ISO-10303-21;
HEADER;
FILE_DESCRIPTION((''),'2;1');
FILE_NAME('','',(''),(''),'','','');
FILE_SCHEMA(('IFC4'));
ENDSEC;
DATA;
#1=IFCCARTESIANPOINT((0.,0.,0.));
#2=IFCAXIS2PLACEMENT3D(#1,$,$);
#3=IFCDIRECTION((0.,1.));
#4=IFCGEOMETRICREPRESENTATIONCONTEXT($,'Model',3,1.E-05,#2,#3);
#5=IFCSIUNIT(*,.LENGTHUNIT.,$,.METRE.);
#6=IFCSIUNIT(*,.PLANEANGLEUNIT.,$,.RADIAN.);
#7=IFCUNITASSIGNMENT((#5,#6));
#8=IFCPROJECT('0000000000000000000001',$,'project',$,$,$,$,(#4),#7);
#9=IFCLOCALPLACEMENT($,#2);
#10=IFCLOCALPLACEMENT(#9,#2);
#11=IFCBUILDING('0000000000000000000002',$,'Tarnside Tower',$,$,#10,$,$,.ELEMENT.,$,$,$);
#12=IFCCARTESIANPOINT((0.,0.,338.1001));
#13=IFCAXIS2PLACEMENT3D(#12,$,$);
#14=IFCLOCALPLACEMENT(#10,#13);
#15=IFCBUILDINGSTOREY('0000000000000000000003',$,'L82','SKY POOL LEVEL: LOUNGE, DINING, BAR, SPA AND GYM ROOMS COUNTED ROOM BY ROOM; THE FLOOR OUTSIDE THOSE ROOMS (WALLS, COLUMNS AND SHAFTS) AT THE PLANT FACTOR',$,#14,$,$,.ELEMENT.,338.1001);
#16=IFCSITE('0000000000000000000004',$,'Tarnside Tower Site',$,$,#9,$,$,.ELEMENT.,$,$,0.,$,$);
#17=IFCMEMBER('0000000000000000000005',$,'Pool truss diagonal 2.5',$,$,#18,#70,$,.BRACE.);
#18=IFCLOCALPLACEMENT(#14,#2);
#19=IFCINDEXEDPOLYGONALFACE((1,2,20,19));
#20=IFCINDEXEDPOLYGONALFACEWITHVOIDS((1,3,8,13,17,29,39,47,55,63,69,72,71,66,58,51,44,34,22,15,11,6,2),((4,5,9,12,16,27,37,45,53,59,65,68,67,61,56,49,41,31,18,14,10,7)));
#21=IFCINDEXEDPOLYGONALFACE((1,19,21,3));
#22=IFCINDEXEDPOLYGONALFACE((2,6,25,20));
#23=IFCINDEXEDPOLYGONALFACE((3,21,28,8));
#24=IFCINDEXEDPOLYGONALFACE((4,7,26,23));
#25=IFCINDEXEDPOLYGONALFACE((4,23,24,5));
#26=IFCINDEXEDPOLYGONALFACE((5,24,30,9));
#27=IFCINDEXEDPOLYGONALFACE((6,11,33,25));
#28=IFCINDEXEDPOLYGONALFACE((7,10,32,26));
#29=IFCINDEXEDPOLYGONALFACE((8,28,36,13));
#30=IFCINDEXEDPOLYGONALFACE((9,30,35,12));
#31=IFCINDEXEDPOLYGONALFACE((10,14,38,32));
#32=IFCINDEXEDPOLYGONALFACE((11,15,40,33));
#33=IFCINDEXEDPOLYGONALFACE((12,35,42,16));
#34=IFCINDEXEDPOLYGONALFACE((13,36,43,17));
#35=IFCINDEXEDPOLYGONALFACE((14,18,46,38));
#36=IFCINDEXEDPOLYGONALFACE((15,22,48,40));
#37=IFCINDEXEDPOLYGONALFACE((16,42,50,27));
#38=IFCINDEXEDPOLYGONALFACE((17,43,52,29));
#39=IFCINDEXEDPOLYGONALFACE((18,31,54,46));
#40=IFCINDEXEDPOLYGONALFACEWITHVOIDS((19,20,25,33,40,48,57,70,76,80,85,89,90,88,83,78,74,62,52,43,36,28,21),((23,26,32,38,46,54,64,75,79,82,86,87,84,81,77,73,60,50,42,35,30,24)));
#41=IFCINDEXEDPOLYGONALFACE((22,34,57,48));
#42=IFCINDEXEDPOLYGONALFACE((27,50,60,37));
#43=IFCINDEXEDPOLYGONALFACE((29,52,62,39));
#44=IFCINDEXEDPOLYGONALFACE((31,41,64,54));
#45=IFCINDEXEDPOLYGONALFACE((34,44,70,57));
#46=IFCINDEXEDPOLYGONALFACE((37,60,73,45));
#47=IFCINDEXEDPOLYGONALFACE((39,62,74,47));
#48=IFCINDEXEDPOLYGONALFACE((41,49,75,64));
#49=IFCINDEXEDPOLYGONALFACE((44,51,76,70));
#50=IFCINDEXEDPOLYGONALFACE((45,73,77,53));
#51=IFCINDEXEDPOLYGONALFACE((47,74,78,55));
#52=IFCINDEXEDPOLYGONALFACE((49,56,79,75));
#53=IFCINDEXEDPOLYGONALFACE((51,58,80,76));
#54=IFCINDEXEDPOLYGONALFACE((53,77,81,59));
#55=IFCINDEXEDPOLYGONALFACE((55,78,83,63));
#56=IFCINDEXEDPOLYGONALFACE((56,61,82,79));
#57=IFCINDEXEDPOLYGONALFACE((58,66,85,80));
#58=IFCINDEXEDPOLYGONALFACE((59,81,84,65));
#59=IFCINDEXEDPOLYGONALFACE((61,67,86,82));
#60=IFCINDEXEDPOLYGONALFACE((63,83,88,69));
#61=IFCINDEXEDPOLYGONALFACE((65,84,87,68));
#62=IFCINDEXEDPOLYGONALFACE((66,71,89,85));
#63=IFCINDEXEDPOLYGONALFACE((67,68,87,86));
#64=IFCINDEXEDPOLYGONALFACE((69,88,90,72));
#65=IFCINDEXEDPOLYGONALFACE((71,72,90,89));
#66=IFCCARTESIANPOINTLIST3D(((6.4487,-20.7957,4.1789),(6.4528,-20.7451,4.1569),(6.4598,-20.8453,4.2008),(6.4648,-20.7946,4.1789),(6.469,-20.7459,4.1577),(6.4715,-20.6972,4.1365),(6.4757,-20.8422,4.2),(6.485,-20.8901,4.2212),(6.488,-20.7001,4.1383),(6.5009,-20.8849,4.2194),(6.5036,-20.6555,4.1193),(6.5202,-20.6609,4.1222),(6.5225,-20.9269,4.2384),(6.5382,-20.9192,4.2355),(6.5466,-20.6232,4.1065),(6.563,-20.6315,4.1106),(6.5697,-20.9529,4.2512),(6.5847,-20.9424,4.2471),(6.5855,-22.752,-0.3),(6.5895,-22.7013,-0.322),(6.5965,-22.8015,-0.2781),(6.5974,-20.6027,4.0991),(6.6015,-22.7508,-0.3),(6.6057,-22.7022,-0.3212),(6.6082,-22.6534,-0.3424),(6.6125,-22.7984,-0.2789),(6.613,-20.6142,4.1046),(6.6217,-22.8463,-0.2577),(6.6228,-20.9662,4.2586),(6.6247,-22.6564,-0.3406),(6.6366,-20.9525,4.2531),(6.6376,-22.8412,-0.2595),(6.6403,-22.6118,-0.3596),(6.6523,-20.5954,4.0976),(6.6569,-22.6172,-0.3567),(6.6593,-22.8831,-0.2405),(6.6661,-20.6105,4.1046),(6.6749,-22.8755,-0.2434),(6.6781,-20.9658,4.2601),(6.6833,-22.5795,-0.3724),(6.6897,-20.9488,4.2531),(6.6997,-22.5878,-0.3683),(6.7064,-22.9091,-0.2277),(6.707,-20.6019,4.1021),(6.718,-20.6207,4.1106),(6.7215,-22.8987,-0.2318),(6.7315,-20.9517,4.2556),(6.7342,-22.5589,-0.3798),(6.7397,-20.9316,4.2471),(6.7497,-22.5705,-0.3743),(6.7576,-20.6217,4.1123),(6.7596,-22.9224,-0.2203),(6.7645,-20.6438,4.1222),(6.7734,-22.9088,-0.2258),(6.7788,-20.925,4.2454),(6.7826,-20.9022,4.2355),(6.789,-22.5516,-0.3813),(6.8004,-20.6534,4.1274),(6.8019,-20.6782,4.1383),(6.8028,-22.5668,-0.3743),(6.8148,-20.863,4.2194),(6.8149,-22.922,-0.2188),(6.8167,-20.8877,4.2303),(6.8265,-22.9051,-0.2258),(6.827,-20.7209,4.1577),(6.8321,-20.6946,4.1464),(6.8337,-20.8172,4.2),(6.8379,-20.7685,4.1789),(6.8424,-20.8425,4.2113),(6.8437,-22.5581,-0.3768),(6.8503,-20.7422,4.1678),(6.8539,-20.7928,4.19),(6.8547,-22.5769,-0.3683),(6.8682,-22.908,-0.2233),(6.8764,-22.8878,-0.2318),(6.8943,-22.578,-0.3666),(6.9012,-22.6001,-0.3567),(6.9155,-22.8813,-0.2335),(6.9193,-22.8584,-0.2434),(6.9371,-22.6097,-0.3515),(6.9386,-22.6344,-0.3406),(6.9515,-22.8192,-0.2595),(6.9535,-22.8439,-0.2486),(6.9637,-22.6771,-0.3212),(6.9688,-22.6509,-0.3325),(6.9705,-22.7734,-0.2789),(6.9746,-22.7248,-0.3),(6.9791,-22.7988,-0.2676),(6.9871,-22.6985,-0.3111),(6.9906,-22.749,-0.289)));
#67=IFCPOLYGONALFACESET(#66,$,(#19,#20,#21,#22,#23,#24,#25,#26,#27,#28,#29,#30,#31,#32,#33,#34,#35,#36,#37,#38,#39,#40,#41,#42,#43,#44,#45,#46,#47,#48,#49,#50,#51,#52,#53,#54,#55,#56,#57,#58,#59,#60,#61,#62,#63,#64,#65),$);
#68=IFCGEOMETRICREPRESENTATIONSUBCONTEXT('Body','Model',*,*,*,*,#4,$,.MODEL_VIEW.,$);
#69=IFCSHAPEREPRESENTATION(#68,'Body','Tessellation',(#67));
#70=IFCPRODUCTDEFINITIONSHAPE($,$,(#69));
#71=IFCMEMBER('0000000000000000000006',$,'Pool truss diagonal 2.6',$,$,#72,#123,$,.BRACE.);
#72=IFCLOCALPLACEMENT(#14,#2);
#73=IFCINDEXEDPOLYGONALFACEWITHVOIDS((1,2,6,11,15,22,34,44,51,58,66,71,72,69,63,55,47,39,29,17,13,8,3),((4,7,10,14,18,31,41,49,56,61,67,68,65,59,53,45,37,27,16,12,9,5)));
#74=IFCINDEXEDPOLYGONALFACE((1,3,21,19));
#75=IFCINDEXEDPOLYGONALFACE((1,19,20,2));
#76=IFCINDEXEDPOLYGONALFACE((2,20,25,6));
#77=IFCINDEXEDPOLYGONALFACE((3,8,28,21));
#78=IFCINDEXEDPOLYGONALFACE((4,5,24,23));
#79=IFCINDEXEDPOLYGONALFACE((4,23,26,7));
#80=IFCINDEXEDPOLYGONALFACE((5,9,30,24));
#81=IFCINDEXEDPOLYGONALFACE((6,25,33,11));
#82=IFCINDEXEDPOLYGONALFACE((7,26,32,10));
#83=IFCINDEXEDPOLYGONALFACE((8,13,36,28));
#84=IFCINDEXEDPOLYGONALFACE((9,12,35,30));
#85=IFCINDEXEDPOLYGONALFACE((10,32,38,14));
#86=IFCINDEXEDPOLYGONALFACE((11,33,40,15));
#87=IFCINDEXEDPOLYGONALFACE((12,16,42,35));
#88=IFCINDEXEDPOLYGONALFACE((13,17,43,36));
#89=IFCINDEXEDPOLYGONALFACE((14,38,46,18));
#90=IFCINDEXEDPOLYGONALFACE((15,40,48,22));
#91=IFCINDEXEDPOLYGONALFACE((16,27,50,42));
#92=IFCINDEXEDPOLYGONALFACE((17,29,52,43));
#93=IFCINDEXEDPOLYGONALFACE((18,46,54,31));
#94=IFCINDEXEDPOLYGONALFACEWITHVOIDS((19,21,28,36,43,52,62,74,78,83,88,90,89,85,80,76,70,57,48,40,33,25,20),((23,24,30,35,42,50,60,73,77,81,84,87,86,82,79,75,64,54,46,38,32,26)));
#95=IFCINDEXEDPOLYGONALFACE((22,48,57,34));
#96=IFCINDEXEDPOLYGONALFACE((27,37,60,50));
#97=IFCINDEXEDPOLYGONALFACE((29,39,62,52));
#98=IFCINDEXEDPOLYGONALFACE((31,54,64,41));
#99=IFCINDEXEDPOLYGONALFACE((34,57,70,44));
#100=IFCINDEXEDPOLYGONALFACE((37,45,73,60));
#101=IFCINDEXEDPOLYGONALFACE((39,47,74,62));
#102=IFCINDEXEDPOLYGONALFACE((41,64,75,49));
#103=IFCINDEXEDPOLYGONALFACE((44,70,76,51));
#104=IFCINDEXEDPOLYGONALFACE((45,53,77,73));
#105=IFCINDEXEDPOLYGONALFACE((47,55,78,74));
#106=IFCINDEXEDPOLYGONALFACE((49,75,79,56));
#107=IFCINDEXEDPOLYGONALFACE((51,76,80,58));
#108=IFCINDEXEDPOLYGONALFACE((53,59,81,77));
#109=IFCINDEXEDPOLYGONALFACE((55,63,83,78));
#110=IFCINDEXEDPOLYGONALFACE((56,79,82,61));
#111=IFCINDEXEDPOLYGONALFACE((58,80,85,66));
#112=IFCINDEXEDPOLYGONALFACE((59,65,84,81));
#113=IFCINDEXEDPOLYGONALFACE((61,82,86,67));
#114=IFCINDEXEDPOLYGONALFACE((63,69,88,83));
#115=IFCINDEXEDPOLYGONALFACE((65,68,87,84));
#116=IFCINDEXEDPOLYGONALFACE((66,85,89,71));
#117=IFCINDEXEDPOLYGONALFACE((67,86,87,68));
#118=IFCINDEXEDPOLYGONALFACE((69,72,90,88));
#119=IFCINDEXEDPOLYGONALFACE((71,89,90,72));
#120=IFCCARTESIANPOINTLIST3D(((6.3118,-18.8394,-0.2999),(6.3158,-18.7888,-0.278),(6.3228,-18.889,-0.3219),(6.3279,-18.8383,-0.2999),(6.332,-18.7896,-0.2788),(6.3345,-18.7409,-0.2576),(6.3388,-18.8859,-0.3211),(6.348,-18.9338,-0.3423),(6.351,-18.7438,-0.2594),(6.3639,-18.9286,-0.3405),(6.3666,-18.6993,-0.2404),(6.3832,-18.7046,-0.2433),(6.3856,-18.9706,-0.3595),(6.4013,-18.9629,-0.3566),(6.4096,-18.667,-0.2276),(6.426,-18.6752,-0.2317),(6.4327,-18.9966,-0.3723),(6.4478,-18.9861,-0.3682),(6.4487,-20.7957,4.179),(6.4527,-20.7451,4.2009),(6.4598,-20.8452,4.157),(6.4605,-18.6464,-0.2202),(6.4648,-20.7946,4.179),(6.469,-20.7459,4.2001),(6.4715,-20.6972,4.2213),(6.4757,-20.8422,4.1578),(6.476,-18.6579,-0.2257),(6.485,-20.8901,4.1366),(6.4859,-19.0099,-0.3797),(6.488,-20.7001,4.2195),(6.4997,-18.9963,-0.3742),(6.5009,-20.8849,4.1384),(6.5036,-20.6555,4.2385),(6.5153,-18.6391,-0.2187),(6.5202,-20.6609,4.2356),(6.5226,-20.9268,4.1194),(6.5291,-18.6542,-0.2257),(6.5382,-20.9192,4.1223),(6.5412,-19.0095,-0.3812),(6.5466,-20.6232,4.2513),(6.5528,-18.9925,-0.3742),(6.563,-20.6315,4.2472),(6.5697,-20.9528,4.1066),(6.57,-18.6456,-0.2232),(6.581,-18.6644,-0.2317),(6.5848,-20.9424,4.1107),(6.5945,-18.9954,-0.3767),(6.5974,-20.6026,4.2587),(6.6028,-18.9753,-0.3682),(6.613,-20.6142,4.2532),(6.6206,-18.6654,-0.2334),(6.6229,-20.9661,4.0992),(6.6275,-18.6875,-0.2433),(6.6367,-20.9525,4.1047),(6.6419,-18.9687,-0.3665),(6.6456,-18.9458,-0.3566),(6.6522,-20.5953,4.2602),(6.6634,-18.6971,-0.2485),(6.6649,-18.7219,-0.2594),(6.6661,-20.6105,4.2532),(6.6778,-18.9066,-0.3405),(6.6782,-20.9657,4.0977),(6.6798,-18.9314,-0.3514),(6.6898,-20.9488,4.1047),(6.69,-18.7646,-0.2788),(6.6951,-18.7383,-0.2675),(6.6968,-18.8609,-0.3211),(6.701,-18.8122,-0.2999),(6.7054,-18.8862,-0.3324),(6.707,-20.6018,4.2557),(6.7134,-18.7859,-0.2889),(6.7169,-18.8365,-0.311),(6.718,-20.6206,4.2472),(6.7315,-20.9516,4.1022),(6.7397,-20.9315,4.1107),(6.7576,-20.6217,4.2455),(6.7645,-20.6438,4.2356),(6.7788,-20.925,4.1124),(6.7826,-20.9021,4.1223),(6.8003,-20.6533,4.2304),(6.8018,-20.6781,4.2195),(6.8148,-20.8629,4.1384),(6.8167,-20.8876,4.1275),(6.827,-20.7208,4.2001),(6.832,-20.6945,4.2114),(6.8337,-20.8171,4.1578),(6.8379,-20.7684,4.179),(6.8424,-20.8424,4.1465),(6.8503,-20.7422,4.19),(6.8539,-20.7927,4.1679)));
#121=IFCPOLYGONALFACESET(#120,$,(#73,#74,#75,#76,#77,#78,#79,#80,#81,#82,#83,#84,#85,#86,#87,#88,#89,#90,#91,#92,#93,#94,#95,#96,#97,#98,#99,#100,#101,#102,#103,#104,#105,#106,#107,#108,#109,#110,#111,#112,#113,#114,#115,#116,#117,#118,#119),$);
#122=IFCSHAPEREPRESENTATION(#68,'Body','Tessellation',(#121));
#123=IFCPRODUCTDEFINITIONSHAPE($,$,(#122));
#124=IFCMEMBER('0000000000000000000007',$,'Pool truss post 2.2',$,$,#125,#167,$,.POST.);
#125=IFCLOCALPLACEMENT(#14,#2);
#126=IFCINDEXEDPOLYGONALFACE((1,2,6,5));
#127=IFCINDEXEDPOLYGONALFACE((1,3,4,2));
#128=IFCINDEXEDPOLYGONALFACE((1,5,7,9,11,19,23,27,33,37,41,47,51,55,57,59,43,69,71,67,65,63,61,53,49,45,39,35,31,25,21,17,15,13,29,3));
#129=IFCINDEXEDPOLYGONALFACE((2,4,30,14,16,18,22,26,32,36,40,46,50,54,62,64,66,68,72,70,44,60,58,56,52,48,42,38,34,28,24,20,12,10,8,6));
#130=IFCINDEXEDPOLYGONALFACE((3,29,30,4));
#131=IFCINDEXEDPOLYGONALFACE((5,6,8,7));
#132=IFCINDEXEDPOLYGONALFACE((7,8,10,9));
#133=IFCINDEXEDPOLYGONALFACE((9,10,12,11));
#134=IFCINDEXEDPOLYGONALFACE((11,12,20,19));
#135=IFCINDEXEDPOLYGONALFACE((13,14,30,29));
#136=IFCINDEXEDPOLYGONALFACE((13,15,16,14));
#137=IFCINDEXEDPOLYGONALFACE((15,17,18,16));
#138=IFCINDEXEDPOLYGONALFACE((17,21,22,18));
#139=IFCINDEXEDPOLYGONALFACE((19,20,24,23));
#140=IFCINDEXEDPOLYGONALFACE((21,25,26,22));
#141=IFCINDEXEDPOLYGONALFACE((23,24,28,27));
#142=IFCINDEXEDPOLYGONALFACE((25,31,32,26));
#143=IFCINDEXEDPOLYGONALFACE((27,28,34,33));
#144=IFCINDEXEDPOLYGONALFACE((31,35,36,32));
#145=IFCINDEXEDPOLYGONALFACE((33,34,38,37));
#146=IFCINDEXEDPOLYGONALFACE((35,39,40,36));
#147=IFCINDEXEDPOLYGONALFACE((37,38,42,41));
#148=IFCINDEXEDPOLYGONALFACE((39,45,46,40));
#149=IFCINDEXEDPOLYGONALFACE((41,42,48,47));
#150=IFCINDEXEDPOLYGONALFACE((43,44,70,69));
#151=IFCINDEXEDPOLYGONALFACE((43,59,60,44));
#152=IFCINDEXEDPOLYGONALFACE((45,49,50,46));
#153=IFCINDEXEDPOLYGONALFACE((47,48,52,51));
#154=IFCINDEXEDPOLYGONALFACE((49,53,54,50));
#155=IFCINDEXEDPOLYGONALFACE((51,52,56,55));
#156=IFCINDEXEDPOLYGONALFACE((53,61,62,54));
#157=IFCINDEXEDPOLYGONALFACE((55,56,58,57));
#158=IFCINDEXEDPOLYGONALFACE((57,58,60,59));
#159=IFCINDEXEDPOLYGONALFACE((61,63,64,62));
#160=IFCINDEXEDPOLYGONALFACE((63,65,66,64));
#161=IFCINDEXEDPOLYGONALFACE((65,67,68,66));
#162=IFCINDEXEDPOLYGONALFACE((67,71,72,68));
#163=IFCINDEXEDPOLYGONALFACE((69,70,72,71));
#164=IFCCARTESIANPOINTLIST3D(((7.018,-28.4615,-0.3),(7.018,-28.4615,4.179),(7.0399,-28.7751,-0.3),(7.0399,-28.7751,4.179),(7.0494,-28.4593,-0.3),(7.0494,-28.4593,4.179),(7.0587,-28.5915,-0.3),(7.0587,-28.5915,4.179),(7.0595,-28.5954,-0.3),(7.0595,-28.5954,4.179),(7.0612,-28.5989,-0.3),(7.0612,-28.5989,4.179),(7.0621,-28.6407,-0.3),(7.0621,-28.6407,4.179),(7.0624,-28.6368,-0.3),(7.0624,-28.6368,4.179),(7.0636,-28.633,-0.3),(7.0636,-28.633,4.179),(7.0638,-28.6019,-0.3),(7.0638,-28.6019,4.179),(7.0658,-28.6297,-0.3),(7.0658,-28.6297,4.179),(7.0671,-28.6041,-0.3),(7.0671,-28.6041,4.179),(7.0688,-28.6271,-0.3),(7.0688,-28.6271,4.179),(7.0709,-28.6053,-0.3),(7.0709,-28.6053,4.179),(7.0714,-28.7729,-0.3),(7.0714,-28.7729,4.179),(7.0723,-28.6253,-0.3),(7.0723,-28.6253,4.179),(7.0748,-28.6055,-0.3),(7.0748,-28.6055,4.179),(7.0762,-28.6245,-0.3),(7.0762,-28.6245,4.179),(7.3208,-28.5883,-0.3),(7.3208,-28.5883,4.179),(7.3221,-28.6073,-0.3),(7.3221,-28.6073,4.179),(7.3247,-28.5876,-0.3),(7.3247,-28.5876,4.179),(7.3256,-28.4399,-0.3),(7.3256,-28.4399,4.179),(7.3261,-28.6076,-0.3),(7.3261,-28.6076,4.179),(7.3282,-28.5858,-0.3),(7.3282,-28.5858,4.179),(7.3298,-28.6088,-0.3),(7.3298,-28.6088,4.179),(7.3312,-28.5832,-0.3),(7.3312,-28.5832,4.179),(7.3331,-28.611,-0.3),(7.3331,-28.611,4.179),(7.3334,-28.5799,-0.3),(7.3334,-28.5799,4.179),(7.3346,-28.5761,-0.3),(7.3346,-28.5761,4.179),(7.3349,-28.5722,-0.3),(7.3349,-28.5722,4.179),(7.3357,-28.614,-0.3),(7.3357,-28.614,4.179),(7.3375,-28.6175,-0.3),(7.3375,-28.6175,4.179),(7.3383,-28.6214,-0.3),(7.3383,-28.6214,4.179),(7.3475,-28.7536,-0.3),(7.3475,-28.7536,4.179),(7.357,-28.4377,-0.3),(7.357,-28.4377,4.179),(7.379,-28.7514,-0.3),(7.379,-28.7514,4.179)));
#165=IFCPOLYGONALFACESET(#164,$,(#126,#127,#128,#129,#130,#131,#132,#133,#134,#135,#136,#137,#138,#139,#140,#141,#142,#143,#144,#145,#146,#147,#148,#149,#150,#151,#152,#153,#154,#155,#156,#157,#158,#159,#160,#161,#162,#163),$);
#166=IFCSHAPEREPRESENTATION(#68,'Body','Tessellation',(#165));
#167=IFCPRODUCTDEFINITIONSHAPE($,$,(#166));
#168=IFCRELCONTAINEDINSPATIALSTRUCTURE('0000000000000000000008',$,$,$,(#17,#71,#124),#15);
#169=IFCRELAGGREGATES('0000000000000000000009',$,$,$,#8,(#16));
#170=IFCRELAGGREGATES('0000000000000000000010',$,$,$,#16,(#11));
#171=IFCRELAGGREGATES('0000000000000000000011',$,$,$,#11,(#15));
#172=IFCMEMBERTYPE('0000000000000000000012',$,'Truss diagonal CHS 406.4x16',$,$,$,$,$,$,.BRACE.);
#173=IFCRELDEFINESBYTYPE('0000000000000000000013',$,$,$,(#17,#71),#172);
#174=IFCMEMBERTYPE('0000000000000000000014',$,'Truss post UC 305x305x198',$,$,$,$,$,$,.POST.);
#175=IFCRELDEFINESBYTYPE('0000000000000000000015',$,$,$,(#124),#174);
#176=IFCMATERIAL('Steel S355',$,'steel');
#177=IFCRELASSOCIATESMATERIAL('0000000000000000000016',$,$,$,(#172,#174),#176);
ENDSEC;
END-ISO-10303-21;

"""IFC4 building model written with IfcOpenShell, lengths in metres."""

from ifc_helpers import new_model, si_unit, direction, frame, origin, origin_2d, place, context, subcontext, project, spatial, hollow_circle, i_section, extrude, material, material_profile, profile_set, type_object, element, save


model = new_model("IFC4")

# Units and contexts
model_context = context("Model", 3, precision=1e-05, world=origin(), true_north=direction((0.0, 1.0)))
body_context = subcontext(model_context, "Body", "Model", "MODEL_VIEW")
ifc_project = project(units=[si_unit("LENGTHUNIT", "METRE"), si_unit("PLANEANGLEUNIT", "RADIAN")], contexts=[model_context])

# Site, building, storey
site_placement = place(None, origin())
site = spatial("IfcSite", under=ifc_project, at=site_placement, Name="Tarnside Tower Site", CompositionType="ELEMENT", RefElevation=0.0)
building_placement = place(site_placement, origin())
building = spatial("IfcBuilding", under=site, at=building_placement, Name="Tarnside Tower", CompositionType="ELEMENT")
storey_placement = place(building_placement, frame((0.0, 0.0, 338.1001)))
storey = spatial("IfcBuildingStorey", under=building, at=storey_placement, Name="L82", Description="SKY POOL LEVEL: LOUNGE, DINING, BAR, SPA AND GYM ROOMS COUNTED ROOM BY ROOM; THE FLOOR OUTSIDE THOSE ROOMS (WALLS, COLUMNS AND SHAFTS) AT THE PLANT FACTOR", CompositionType="ELEMENT", Elevation=338.1001)

# Shared definitions
ifc_material_1 = material(Name="Steel S355", Category="steel")

# Members
ifc_material_profile_1 = material_profile(ifc_material_1, hollow_circle(Radius=0.2031, WallThickness=0.0161, at=origin_2d()), Name="CHS 406.4x16")
ifc_profile_set_1 = profile_set([ifc_material_profile_1], Name="Steel S355")
member_type_1 = type_object("IfcMemberType", Name="Truss diagonal CHS 406.4x16", PredefinedType="BRACE", material=ifc_profile_set_1)
for number, where, z_axis, x_axis, name in (
    (1, (6.7881, -22.7378, -0.3), (-0.027962, 0.400101, 0.916044), (-0.997567, -0.069716, 0.0), "Pool truss diagonal 2.5"),
    (2, (6.6514, -20.7815, 4.179), (-0.028012, 0.400101, -0.916043), (-0.997558, -0.06984, 0.0), "Pool truss diagonal 2.6"),
):
    element("IfcMember", number, at=place(storey_placement, frame(where, z_axis=z_axis, x_axis=x_axis)), inside=storey, type_object=member_type_1, Name=name, PredefinedType="BRACE", context=body_context, shape_type="SweptSolid", body=[
        extrude(hollow_circle(Radius=0.2031, WallThickness=0.0161, at=origin_2d()), origin(), (0.0, 0.0, 1.0), 4.8894),
    ])
ifc_material_profile_2 = material_profile(ifc_material_1, i_section(OverallWidth=0.3145, OverallDepth=0.3398, WebThickness=0.019, FlangeThickness=0.0315, FilletRadius=0.0151, at=origin_2d()), Name="UC 305x305x198")
ifc_profile_set_2 = profile_set([ifc_material_profile_2], Name="Steel S355")
member_type_2 = type_object("IfcMemberType", Name="Truss post UC 305x305x198", PredefinedType="POST", material=ifc_profile_set_2)
for number, where, z_axis, x_axis, name in (
    (3, (7.1985, -28.6064, -0.3), (0.0, 0.0, 1.0), (-0.069756, 0.997564, 0.0), "Pool truss post 2.2"),
):
    element("IfcMember", number, at=place(storey_placement, frame(where, z_axis=z_axis, x_axis=x_axis)), inside=storey, type_object=member_type_2, Name=name, PredefinedType="POST", context=body_context, shape_type="SweptSolid", body=[
        extrude(i_section(OverallWidth=0.3145, OverallDepth=0.3398, WebThickness=0.019, FlangeThickness=0.0315, FilletRadius=0.0151, at=origin_2d()), origin(), (0.0, 0.0, 1.0), 4.479),
    ])

save(model, "model.ifc")
